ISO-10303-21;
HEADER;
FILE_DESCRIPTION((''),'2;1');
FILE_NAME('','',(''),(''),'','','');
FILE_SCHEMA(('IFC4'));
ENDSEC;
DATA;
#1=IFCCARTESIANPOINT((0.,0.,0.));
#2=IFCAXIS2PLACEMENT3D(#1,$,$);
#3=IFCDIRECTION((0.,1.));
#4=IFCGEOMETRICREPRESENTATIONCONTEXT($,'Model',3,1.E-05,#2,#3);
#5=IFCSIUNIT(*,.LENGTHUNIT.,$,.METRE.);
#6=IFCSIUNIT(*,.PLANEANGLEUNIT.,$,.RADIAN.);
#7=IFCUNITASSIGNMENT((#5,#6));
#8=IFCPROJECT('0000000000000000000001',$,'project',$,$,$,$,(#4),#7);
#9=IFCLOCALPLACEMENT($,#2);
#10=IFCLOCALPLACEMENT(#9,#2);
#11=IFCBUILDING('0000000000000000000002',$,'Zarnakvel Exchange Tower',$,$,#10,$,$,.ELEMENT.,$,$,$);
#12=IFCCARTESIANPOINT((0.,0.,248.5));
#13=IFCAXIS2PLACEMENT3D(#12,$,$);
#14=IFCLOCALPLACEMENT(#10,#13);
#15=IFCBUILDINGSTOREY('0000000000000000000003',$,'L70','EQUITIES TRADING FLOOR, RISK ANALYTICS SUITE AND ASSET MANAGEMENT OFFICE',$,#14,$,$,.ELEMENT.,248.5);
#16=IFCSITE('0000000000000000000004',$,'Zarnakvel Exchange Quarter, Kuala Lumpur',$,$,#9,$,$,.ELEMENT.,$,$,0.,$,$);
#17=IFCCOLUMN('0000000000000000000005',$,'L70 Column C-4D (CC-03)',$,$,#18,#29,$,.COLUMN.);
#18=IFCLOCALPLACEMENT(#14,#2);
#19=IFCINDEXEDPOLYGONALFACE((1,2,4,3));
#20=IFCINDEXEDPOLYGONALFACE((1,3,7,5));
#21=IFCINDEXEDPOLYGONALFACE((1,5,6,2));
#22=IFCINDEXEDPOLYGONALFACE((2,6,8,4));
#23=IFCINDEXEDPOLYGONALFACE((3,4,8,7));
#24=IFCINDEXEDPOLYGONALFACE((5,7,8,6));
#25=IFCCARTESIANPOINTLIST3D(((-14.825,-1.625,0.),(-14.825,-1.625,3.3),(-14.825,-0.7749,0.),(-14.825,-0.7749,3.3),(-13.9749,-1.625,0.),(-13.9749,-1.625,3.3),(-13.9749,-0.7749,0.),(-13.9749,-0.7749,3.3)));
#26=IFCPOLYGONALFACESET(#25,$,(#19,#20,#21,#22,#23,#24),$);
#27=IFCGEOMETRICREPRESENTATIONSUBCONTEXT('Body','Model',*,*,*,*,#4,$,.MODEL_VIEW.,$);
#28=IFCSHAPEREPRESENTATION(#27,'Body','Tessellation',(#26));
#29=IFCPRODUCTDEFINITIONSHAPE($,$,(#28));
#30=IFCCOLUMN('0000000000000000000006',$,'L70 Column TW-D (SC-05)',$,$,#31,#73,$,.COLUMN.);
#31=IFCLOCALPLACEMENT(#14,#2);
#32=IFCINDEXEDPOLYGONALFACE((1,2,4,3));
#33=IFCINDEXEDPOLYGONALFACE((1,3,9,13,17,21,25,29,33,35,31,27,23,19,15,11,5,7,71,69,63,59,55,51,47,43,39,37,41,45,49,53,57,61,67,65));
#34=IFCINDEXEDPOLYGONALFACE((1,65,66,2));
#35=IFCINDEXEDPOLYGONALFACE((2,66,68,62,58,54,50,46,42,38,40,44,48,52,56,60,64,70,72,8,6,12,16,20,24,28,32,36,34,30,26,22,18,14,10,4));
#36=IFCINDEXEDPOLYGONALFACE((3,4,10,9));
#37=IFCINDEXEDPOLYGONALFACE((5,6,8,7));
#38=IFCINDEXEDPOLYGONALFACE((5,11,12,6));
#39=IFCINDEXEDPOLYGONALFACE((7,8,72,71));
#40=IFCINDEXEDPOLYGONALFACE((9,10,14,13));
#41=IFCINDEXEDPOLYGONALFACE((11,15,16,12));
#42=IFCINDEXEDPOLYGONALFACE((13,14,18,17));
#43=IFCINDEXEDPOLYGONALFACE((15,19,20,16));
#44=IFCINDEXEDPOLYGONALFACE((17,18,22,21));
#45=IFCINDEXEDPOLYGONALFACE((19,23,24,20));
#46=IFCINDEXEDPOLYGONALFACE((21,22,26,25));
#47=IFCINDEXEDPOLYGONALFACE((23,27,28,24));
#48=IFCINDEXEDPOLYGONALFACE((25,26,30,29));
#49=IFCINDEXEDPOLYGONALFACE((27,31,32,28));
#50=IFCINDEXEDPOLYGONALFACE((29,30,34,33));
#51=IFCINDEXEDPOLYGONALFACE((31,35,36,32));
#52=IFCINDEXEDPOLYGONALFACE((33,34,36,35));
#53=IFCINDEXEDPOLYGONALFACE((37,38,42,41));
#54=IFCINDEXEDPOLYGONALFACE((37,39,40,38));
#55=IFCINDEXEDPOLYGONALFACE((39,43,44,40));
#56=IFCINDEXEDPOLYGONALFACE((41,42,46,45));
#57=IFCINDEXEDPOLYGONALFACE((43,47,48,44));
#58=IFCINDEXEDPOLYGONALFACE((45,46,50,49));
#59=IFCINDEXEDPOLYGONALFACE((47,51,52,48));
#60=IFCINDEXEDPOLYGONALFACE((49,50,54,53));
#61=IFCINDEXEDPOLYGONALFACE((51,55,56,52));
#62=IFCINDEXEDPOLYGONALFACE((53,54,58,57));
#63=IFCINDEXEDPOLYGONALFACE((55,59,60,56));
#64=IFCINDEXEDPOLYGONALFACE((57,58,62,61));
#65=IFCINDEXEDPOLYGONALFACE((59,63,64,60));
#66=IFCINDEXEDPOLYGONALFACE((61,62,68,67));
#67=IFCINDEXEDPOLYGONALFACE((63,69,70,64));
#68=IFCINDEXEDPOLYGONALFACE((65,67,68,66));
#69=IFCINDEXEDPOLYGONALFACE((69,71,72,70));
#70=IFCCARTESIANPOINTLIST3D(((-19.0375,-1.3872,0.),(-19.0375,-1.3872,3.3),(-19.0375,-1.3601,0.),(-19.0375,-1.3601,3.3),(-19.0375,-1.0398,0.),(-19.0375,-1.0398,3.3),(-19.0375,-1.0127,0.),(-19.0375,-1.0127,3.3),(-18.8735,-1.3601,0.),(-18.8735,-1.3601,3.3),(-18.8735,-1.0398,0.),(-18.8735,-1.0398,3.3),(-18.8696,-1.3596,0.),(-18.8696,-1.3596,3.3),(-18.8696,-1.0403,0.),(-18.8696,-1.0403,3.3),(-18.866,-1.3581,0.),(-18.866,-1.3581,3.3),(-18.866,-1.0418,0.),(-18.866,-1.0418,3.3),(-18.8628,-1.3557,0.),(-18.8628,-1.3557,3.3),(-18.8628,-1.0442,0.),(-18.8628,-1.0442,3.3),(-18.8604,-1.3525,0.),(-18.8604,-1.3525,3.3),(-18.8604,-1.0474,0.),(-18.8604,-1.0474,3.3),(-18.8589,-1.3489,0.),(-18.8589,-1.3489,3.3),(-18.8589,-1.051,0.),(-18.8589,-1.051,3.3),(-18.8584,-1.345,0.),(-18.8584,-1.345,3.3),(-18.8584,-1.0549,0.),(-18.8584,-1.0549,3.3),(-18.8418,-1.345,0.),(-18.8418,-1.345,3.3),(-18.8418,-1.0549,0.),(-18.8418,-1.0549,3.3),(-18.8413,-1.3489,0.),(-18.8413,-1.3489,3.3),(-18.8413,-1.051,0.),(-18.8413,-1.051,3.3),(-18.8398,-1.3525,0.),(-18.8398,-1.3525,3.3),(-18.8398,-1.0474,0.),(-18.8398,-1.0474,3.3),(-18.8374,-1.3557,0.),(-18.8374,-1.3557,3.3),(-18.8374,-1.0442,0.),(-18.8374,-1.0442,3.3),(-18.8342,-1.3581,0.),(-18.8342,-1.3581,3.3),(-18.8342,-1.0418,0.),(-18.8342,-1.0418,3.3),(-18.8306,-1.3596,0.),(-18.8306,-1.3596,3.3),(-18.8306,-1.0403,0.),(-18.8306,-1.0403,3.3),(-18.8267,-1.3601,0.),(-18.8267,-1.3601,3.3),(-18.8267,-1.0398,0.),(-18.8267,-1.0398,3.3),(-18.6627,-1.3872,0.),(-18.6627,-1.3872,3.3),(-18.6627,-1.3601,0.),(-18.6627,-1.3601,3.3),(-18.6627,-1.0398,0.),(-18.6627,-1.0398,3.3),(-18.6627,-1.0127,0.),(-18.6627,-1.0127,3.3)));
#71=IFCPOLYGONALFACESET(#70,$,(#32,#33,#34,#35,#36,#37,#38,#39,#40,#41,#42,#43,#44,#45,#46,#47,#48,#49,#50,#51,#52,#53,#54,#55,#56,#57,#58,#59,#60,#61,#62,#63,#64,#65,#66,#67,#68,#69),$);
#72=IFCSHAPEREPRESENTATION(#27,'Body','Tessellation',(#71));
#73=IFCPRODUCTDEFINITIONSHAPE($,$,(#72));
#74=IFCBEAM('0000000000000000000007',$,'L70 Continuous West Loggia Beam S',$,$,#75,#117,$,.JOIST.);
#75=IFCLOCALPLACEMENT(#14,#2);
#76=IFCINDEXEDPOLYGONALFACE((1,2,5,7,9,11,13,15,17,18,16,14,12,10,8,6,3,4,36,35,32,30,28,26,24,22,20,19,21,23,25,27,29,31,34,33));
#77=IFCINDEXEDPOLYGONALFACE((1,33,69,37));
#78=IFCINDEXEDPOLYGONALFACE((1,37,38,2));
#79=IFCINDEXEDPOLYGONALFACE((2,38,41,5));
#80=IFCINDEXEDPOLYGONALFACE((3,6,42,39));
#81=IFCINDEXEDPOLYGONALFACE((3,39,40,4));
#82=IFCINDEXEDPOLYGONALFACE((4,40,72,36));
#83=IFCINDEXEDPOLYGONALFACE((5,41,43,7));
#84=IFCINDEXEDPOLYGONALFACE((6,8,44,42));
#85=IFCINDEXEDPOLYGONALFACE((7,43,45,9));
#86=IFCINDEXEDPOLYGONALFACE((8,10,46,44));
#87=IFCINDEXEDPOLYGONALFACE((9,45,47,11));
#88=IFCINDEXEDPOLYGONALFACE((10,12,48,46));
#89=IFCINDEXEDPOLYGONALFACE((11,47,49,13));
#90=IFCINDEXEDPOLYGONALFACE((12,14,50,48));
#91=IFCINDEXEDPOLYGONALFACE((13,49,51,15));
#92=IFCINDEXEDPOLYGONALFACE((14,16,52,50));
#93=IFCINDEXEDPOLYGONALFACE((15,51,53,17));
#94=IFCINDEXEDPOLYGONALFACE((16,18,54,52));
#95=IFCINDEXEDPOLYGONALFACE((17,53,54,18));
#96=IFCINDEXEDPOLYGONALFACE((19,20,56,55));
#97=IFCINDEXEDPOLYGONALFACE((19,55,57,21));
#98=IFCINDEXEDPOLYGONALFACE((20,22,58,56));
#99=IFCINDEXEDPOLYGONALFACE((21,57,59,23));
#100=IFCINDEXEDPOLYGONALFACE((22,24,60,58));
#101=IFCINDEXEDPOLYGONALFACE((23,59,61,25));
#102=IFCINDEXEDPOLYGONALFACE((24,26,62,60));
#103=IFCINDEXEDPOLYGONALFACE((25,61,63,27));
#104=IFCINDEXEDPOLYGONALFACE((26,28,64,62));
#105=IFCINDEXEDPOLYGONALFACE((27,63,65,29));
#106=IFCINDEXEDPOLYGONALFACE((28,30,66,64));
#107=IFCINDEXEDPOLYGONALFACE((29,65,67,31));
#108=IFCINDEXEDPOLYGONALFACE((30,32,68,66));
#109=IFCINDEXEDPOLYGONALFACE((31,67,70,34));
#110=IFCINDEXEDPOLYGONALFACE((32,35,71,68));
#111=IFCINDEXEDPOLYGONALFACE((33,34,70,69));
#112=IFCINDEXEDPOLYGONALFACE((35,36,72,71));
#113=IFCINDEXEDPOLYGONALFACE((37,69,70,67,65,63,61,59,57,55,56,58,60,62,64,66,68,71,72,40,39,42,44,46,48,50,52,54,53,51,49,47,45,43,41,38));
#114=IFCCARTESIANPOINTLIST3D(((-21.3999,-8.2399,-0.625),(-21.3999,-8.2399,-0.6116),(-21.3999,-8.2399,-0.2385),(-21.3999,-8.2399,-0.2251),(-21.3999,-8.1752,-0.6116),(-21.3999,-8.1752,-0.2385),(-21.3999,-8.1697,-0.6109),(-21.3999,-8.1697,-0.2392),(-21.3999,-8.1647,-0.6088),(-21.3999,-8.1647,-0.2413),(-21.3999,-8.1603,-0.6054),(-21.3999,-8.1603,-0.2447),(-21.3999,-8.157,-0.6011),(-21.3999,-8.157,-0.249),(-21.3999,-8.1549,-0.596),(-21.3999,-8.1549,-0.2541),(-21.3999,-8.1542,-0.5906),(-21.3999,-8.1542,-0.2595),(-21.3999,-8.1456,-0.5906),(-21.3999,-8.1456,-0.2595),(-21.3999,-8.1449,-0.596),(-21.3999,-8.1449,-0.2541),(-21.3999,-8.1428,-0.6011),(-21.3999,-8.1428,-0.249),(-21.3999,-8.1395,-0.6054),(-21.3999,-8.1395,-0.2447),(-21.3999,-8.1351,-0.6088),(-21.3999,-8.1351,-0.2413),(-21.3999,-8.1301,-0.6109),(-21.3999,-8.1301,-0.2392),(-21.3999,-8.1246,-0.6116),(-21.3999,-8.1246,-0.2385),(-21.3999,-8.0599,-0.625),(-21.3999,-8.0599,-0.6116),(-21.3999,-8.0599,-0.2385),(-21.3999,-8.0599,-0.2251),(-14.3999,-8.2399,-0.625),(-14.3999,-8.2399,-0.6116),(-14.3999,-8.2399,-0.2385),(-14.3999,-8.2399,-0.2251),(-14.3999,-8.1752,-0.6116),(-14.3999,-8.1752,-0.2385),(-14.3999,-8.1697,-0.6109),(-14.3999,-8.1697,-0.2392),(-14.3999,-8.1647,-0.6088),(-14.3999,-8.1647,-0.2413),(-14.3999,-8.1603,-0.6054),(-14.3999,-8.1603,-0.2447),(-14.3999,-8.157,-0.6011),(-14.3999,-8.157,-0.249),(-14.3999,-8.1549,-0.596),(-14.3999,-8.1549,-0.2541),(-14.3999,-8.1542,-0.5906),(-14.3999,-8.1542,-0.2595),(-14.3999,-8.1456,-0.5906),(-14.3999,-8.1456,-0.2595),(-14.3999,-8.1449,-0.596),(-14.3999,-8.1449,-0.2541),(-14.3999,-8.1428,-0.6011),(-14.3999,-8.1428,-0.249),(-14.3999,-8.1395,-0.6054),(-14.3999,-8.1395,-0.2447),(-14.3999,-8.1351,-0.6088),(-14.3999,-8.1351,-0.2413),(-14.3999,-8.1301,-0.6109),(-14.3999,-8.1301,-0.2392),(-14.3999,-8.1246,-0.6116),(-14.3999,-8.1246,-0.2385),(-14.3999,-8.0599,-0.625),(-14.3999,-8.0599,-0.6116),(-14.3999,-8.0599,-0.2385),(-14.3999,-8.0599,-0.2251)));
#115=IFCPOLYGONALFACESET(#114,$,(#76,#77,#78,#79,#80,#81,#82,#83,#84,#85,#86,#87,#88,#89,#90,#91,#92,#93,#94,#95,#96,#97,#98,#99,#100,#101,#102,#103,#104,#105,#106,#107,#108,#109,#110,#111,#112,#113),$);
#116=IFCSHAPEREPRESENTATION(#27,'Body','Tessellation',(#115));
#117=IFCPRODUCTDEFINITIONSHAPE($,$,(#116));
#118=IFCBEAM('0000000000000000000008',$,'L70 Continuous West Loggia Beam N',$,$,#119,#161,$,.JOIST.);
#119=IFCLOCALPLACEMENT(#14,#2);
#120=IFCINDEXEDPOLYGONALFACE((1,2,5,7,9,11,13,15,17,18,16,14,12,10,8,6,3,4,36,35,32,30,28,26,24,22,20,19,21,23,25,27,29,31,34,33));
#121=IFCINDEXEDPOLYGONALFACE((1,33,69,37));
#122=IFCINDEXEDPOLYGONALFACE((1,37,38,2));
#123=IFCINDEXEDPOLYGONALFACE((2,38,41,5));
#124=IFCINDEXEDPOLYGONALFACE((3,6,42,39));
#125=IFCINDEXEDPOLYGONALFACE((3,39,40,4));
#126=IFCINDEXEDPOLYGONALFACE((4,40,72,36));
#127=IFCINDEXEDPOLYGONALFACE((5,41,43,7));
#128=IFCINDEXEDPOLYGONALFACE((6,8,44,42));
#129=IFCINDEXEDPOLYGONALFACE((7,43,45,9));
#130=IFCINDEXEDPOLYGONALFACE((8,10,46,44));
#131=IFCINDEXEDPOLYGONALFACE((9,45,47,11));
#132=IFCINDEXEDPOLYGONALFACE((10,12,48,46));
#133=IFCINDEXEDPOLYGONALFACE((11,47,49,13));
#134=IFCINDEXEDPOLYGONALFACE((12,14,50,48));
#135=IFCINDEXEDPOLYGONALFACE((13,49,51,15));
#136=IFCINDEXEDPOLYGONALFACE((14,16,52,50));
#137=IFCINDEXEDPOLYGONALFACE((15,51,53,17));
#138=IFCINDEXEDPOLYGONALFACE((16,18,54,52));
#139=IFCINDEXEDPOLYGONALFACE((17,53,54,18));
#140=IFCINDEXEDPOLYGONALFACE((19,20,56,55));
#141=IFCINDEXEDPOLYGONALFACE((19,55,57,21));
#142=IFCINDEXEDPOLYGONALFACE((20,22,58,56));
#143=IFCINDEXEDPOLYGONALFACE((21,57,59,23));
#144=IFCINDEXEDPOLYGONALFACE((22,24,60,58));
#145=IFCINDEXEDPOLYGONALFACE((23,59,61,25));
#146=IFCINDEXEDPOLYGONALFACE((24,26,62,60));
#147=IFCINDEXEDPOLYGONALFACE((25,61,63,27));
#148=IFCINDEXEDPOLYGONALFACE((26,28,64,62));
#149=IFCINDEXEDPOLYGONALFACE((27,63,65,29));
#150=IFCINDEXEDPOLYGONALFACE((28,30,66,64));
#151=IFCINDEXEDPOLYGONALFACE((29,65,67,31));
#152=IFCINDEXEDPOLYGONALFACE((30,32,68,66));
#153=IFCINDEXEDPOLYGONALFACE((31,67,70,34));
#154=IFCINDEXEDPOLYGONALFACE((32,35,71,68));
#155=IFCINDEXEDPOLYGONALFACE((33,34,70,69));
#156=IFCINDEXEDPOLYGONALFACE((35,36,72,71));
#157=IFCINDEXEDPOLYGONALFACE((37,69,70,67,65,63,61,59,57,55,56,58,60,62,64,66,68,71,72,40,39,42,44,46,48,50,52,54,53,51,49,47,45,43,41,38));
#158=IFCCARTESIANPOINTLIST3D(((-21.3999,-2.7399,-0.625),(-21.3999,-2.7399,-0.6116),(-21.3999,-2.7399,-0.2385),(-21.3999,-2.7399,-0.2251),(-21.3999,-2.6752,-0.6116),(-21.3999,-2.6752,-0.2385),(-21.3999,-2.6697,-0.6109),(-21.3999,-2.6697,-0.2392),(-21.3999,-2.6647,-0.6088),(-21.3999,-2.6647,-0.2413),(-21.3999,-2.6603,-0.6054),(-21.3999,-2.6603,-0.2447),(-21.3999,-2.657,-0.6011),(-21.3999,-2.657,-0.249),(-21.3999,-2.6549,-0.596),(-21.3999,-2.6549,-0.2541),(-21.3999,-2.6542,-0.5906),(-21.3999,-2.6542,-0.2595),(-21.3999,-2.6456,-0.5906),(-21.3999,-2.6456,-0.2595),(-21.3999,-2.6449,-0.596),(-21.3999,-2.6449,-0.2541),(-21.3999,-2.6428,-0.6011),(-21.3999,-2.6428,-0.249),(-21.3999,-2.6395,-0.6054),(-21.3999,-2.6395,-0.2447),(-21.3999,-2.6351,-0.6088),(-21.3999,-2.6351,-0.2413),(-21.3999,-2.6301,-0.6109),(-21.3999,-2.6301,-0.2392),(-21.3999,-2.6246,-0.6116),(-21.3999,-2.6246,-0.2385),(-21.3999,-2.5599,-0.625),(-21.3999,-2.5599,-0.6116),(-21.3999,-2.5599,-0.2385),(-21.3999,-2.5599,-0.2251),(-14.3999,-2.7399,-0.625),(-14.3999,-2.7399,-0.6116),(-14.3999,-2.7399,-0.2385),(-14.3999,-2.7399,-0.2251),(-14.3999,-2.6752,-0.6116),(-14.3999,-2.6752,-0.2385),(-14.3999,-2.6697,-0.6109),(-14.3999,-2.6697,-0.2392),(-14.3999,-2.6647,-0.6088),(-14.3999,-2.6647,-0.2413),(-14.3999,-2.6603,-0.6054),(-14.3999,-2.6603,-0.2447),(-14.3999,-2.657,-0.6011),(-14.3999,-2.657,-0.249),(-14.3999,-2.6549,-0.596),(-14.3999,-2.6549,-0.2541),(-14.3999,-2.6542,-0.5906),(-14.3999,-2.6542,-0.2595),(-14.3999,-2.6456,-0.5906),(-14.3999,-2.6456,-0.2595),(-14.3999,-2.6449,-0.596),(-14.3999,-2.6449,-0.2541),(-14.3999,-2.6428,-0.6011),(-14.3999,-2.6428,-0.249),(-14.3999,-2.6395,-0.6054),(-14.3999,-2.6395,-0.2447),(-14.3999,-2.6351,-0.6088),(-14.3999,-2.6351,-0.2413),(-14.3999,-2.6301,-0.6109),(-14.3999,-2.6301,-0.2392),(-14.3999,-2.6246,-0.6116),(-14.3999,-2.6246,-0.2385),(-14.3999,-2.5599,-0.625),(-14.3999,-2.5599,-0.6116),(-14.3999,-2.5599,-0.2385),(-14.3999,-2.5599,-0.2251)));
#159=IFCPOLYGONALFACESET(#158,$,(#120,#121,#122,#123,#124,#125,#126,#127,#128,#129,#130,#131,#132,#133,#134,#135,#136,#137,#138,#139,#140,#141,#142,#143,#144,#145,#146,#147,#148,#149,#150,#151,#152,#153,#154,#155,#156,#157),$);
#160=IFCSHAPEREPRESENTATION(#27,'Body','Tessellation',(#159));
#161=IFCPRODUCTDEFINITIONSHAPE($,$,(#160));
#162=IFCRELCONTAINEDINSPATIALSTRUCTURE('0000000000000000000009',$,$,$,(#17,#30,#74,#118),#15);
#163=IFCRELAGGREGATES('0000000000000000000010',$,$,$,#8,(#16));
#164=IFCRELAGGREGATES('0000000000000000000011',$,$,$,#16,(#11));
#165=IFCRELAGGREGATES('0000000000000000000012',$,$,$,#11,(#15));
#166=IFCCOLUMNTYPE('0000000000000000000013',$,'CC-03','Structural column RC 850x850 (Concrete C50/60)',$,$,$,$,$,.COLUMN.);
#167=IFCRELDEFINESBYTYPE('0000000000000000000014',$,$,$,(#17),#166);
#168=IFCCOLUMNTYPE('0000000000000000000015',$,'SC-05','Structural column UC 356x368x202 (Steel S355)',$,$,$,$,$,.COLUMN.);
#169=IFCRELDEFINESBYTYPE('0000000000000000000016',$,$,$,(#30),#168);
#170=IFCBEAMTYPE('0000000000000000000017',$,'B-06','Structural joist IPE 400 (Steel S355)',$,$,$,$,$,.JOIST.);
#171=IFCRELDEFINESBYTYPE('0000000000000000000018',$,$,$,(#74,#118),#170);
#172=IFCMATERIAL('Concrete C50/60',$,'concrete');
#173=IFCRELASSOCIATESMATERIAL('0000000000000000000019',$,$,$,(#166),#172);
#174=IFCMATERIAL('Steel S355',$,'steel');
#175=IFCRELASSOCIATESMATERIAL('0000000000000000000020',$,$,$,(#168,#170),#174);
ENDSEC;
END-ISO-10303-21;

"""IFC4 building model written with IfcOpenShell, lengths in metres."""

from ifc_helpers import new_model, si_unit, direction, frame, origin, origin_2d, place, context, subcontext, project, spatial, rectangle, i_section, extrude, material, material_profile, profile_set, type_object, element, save


model = new_model("IFC4")

# Units and contexts
model_context = context("Model", 3, precision=1e-05, world=origin(), true_north=direction((0.0, 1.0)))
body_context = subcontext(model_context, "Body", "Model", "MODEL_VIEW")
ifc_project = project(units=[si_unit("LENGTHUNIT", "METRE"), si_unit("PLANEANGLEUNIT", "RADIAN")], contexts=[model_context])

# Site, building, storey
site_placement = place(None, origin())
site = spatial("IfcSite", under=ifc_project, at=site_placement, Name="Zarnakvel Exchange Quarter, Kuala Lumpur", CompositionType="ELEMENT", RefElevation=0.0)
building_placement = place(site_placement, origin())
building = spatial("IfcBuilding", under=site, at=building_placement, Name="Zarnakvel Exchange Tower", CompositionType="ELEMENT")
storey_placement = place(building_placement, frame((0.0, 0.0, 248.5)))
storey = spatial("IfcBuildingStorey", under=building, at=storey_placement, Name="L70", Description="EQUITIES TRADING FLOOR, RISK ANALYTICS SUITE AND ASSET MANAGEMENT OFFICE", CompositionType="ELEMENT", Elevation=248.5)

# Columns
ifc_material_1 = material(Name="Concrete C50/60", Category="concrete")
ifc_material_profile_1 = material_profile(ifc_material_1, rectangle(XDim=0.8501, YDim=0.8501, at=origin_2d()))
ifc_profile_set_1 = profile_set([ifc_material_profile_1], Name="Concrete C50/60")
column_type_1 = type_object("IfcColumnType", Name="CC-03", Description="Structural column RC 850x850 (Concrete C50/60)", PredefinedType="COLUMN", material=ifc_profile_set_1)
column_1_placement = place(storey_placement, frame((-14.3999, -1.2, 0.0), z_axis=(0.0, 0.0, 1.0), x_axis=(1.0, 0.0, 0.0)))
element("IfcColumn", 1, at=column_1_placement, inside=storey, type_object=column_type_1, Name="L70 Column C-4D (CC-03)", PredefinedType="COLUMN", context=body_context, shape_type="SweptSolid", body=[
    extrude(rectangle(XDim=0.8501, YDim=0.8501, at=origin_2d()), origin(), (0.0, 0.0, 1.0), 3.3),
])
ifc_material_2 = material(Name="Steel S355", Category="steel")
ifc_material_profile_2 = material_profile(ifc_material_2, i_section(OverallWidth=0.3748, OverallDepth=0.3745, WebThickness=0.0166, FlangeThickness=0.0271, FilletRadius=0.0151, at=origin_2d()))
ifc_profile_set_2 = profile_set([ifc_material_profile_2], Name="Steel S355")
column_type_2 = type_object("IfcColumnType", Name="SC-05", Description="Structural column UC 356x368x202 (Steel S355)", PredefinedType="COLUMN", material=ifc_profile_set_2)
column_2_placement = place(storey_placement, frame((-18.8501, -1.2, 0.0), z_axis=(0.0, 0.0, 1.0), x_axis=(1.0, 0.0, 0.0)))
element("IfcColumn", 2, at=column_2_placement, inside=storey, type_object=column_type_2, Name="L70 Column TW-D (SC-05)", PredefinedType="COLUMN", context=body_context, shape_type="SweptSolid", body=[
    extrude(i_section(OverallWidth=0.3748, OverallDepth=0.3745, WebThickness=0.0166, FlangeThickness=0.0271, FilletRadius=0.0151, at=origin_2d()), origin(), (0.0, 0.0, 1.0), 3.3),
])

# Beams
ifc_material_profile_3 = material_profile(ifc_material_2, i_section(OverallWidth=0.1799, OverallDepth=0.3999, WebThickness=0.0085, FlangeThickness=0.0134, FilletRadius=0.021, at=origin_2d()))
ifc_profile_set_3 = profile_set([ifc_material_profile_3], Name="Steel S355")
beam_type_1 = type_object("IfcBeamType", Name="B-06", Description="Structural joist IPE 400 (Steel S355)", PredefinedType="JOIST", material=ifc_profile_set_3)
for number, where, z_axis, x_axis, name in (
    (3, (-14.3999, -8.1499, -0.425), (-1.0, 0.0, 0.0), (0.0, -1.0, 0.0), "L70 Continuous West Loggia Beam S"),
    (4, (-14.3999, -2.6499, -0.425), (-1.0, 0.0, 0.0), (0.0, -1.0, 0.0), "L70 Continuous West Loggia Beam N"),
):
    element("IfcBeam", number, at=place(storey_placement, frame(where, z_axis=z_axis, x_axis=x_axis)), inside=storey, type_object=beam_type_1, Name=name, PredefinedType="JOIST", context=body_context, shape_type="SweptSolid", body=[
        extrude(i_section(OverallWidth=0.1799, OverallDepth=0.3999, WebThickness=0.0085, FlangeThickness=0.0134, FilletRadius=0.021, at=origin_2d()), origin(), (0.0, 0.0, 1.0), 7.0),
    ])

save(model, "model.ifc")
